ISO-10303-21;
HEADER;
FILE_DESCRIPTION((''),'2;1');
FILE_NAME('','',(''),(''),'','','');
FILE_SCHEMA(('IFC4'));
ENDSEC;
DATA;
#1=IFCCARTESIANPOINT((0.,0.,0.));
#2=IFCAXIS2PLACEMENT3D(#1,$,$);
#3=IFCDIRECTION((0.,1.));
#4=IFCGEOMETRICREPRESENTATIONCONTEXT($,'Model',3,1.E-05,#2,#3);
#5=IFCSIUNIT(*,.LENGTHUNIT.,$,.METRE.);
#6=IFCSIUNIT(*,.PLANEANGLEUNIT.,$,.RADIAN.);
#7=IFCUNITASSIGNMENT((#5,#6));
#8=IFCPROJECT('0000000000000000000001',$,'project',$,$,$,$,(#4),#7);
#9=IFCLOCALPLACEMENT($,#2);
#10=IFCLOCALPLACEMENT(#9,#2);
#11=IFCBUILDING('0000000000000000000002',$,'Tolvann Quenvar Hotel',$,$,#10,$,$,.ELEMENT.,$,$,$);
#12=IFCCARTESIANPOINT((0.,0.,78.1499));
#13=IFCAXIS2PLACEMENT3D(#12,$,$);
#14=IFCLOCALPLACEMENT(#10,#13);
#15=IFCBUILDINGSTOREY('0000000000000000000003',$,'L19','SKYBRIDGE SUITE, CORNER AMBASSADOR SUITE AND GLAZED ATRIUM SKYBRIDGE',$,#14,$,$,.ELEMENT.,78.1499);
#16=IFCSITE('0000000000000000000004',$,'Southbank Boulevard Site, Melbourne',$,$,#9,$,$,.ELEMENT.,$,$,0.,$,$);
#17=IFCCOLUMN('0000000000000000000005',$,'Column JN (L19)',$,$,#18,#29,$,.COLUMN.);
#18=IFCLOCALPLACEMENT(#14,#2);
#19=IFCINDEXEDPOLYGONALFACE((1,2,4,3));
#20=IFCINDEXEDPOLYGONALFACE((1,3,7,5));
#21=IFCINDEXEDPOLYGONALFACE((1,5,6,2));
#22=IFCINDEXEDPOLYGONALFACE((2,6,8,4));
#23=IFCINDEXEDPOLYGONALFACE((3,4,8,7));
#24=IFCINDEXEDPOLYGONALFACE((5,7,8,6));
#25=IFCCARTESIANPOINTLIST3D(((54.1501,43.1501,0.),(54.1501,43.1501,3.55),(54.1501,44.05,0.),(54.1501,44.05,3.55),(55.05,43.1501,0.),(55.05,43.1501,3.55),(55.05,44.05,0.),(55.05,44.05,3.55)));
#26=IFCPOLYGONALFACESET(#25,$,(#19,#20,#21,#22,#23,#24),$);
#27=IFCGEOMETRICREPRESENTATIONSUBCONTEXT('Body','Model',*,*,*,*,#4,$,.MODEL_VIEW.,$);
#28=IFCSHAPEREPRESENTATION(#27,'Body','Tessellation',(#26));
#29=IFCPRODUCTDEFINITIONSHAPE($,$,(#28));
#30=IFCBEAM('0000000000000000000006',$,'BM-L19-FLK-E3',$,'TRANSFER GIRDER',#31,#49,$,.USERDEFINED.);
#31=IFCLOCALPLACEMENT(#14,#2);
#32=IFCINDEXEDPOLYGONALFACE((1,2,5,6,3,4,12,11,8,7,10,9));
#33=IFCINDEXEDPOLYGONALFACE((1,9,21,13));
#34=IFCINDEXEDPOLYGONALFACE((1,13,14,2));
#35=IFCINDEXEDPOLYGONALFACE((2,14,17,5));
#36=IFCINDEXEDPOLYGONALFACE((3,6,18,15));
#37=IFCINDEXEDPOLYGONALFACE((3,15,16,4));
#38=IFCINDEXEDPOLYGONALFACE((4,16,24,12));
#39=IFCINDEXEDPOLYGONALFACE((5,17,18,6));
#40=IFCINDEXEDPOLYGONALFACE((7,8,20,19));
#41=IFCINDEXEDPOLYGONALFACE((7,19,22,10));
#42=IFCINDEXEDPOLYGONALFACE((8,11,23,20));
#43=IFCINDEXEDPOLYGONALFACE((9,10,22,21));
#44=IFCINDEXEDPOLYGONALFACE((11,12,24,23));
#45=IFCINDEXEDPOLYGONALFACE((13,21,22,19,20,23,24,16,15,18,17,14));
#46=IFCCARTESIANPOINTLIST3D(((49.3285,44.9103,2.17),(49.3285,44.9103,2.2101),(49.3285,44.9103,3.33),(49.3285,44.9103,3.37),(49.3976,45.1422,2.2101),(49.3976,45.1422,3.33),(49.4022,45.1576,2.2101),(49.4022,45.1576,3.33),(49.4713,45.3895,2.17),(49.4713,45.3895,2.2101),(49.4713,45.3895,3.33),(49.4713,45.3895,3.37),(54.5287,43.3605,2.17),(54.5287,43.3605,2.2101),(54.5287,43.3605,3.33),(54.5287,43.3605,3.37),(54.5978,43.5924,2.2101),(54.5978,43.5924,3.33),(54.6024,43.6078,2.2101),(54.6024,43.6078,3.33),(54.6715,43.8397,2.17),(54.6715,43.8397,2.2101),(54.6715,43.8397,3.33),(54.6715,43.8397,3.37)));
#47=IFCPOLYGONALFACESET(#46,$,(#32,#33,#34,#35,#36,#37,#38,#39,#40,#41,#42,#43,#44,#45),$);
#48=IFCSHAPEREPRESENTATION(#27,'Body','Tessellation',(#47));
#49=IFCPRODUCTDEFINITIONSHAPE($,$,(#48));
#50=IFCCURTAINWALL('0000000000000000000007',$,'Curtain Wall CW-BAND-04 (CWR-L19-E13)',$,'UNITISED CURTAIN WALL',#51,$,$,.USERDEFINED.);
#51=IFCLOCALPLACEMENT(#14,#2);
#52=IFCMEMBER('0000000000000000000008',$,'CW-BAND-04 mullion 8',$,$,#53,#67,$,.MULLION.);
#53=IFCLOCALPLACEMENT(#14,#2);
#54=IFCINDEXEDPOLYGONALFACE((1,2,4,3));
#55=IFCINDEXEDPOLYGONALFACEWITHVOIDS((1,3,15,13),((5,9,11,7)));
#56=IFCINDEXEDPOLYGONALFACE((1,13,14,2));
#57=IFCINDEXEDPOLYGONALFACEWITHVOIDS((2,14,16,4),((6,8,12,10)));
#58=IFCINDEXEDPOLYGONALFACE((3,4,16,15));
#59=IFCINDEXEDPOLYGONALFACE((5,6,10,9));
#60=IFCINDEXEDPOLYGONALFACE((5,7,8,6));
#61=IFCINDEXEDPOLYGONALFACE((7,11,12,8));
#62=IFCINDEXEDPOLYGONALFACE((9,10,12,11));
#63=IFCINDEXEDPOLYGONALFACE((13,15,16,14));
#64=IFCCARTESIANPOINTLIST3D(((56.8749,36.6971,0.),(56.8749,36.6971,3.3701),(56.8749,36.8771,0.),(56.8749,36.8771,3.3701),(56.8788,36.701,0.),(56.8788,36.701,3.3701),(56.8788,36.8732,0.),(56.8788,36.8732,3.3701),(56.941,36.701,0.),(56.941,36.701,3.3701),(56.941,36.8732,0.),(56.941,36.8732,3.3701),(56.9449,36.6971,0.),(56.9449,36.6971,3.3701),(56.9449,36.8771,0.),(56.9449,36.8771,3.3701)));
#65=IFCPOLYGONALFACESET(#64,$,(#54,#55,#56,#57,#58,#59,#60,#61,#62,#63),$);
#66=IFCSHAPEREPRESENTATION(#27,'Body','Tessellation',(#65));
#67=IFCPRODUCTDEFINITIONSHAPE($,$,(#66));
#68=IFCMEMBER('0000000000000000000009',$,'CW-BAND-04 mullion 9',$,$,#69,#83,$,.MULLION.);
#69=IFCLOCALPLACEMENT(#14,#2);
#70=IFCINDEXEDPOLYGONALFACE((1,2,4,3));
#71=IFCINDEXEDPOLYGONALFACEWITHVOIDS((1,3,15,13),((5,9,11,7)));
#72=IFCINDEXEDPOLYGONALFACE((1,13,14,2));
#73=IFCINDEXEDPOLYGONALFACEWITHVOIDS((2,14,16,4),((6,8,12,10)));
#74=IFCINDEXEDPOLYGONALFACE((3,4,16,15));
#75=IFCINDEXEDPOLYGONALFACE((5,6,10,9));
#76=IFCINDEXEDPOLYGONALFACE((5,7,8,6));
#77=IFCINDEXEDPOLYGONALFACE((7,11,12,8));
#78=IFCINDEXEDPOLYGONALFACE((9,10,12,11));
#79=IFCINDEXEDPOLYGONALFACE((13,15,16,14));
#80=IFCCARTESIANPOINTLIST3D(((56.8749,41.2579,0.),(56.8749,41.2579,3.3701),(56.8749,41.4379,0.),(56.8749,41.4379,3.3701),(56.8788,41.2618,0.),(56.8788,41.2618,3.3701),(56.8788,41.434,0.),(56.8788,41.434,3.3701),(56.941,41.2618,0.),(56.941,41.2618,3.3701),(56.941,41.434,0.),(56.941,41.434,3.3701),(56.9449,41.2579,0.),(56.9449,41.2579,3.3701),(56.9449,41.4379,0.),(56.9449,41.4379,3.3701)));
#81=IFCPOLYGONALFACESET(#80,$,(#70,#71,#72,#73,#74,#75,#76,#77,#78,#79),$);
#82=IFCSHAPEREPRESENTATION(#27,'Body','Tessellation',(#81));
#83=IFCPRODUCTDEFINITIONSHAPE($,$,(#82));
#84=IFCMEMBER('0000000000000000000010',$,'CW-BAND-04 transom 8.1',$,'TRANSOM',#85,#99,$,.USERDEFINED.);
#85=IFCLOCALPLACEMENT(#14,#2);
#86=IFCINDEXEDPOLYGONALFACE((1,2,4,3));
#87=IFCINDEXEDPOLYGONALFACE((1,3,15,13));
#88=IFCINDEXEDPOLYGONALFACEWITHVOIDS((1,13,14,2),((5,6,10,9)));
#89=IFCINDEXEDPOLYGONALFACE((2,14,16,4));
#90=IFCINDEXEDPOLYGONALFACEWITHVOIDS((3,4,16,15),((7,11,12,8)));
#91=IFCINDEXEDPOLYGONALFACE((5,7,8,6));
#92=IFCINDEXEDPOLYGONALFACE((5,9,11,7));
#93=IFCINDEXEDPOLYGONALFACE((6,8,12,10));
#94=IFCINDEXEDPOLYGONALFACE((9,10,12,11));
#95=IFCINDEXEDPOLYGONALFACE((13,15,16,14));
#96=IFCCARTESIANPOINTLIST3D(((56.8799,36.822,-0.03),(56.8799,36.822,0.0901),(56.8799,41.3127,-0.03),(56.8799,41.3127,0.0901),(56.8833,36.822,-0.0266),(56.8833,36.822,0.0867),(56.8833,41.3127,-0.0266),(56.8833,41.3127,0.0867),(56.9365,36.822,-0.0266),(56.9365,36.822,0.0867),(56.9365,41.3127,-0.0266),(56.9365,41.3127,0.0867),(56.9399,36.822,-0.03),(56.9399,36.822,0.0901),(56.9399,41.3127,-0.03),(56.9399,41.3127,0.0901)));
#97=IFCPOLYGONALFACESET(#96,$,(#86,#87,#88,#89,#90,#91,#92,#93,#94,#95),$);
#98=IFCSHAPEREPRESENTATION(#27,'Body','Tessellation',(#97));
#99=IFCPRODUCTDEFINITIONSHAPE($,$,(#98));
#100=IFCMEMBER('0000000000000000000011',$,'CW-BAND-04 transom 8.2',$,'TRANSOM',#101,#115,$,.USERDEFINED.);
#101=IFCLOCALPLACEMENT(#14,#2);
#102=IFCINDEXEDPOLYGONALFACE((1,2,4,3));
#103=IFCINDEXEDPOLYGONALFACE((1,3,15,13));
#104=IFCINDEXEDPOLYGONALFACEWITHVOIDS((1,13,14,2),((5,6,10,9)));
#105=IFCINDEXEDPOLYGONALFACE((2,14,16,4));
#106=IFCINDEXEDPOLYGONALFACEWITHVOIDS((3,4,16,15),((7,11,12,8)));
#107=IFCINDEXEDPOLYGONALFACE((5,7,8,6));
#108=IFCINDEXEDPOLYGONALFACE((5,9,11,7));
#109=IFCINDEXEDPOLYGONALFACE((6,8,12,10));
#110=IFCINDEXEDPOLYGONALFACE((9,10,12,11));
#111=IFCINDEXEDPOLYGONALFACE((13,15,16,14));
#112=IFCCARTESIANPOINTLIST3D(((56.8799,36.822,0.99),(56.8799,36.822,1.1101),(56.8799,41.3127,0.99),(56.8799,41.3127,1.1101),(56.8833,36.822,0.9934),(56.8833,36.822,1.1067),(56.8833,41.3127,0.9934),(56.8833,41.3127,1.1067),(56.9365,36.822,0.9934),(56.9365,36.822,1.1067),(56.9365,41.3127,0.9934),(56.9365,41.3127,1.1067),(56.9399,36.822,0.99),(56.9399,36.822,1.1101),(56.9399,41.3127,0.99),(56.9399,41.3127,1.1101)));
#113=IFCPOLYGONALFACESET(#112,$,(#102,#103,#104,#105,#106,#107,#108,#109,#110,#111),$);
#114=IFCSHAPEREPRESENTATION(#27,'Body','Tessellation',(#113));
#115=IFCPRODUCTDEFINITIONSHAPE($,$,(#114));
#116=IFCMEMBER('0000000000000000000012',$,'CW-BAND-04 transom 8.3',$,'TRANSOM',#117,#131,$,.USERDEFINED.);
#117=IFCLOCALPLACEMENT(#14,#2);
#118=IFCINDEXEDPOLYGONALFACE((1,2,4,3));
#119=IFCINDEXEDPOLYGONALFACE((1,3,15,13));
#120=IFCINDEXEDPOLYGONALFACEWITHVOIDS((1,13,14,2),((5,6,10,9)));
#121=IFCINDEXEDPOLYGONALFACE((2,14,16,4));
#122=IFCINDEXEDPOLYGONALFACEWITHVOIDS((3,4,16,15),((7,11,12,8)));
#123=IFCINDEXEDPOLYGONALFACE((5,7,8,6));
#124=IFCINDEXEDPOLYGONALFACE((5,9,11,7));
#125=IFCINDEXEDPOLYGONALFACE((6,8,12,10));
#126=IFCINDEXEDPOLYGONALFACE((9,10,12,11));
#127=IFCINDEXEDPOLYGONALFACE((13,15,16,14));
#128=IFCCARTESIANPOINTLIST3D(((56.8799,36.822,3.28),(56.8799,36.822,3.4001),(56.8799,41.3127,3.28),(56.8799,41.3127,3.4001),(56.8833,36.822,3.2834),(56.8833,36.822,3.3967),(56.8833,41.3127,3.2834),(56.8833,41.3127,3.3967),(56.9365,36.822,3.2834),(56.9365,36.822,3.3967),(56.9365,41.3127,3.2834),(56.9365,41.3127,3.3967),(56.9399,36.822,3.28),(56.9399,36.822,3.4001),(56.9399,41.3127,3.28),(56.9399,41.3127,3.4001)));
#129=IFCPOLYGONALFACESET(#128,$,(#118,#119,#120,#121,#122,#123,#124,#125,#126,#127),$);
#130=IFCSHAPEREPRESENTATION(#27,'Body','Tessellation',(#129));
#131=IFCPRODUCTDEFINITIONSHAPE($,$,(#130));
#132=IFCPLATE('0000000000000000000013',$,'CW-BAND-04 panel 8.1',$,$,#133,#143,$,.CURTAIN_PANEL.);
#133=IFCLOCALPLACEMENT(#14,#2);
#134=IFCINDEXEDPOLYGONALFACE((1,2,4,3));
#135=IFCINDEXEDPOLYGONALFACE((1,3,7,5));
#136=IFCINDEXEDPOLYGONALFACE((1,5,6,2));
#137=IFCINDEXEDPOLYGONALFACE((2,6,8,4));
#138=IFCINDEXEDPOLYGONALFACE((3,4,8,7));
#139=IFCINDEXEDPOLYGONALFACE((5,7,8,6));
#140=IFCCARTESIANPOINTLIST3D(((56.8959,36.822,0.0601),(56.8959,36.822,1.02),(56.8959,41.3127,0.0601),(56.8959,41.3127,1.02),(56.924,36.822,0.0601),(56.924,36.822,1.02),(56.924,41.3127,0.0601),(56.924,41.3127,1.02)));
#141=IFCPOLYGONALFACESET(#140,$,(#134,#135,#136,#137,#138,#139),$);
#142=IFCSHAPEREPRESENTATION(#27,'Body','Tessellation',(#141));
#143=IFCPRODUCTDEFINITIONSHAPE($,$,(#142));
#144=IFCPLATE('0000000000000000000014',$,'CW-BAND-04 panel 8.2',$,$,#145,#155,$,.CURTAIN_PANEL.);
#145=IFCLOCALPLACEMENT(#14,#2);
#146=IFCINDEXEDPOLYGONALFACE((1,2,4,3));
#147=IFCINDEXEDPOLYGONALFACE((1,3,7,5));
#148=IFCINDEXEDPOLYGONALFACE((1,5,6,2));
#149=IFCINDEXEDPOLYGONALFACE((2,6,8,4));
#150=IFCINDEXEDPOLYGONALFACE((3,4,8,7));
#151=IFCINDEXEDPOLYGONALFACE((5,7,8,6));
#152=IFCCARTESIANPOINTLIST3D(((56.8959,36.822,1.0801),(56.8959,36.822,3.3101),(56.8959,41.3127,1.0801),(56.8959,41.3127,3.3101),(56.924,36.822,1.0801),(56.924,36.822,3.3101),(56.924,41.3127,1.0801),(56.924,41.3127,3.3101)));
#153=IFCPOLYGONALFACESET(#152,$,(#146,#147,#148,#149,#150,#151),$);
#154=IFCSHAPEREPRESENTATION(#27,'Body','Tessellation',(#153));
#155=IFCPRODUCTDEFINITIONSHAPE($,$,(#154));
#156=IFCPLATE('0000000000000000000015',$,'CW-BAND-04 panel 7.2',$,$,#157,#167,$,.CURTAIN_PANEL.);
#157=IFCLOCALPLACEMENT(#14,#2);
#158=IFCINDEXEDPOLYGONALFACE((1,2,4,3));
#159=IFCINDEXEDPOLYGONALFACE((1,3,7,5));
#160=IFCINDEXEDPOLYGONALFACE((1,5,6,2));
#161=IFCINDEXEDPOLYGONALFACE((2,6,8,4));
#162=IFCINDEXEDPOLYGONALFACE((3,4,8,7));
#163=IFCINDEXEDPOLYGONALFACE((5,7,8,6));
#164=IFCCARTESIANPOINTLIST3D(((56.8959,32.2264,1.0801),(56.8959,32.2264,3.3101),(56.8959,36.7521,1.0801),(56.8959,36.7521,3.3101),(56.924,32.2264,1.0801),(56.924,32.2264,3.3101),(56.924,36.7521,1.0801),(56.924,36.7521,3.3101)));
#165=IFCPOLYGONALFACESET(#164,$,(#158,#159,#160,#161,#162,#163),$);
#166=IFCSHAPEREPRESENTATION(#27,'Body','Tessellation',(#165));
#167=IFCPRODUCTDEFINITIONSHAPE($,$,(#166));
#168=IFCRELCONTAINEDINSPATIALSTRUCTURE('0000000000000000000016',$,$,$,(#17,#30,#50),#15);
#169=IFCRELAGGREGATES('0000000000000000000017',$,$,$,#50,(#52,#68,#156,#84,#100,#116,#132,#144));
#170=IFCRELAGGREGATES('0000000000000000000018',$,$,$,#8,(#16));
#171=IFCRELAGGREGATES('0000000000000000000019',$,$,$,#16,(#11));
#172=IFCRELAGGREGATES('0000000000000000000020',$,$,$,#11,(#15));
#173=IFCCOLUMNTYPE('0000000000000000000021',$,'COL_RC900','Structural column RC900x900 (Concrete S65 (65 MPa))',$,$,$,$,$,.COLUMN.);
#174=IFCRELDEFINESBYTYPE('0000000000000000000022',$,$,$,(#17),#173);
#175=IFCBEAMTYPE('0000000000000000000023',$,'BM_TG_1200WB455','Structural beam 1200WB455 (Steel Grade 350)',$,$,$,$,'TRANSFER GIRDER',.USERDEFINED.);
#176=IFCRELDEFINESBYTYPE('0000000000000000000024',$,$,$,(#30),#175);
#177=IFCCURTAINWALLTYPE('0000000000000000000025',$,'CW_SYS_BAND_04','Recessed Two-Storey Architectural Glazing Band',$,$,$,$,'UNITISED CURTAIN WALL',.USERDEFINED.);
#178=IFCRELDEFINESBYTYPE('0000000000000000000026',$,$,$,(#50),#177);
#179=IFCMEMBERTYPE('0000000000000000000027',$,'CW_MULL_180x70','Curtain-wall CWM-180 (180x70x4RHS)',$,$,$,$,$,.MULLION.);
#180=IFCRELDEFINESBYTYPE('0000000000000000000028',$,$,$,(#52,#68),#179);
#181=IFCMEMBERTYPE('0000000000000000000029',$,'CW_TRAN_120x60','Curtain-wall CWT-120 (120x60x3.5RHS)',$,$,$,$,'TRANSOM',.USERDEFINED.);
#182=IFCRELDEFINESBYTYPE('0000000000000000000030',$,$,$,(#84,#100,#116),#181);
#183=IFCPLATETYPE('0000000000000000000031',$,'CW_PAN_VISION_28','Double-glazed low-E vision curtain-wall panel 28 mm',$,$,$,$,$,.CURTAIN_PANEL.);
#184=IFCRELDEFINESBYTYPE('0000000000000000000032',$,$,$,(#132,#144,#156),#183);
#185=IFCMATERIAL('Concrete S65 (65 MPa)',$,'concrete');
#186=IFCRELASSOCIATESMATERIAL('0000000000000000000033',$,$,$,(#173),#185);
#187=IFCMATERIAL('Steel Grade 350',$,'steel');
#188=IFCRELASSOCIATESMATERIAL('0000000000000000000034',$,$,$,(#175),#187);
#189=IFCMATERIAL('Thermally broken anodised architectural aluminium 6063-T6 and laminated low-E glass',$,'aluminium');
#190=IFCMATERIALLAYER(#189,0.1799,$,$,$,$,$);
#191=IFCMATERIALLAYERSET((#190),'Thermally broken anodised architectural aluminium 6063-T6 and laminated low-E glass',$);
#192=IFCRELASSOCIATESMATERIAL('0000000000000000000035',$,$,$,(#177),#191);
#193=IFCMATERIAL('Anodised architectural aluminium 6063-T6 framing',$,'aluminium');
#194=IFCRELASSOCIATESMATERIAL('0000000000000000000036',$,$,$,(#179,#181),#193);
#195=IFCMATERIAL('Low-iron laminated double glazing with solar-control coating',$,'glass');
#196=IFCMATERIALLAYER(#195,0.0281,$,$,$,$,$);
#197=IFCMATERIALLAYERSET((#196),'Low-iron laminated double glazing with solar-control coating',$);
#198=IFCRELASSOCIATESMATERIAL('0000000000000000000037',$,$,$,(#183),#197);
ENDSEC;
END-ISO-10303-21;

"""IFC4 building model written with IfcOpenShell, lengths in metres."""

from ifc_helpers import new_model, si_unit, direction, frame, origin, origin_2d, place, context, subcontext, project, spatial, rectangle, hollow_rectangle, i_section, extrude, source, transform, mapped, material, layer, layer_set, material_profile, profile_set, type_object, type_shapes, element, aggregate, save


model = new_model("IFC4")

# Units and contexts
model_context = context("Model", 3, precision=1e-05, world=origin(), true_north=direction((0.0, 1.0)))
body_context = subcontext(model_context, "Body", "Model", "MODEL_VIEW")
ifc_project = project(units=[si_unit("LENGTHUNIT", "METRE"), si_unit("PLANEANGLEUNIT", "RADIAN")], contexts=[model_context])

# Site, building, storey
site_placement = place(None, origin())
site = spatial("IfcSite", under=ifc_project, at=site_placement, Name="Southbank Boulevard Site, Melbourne", CompositionType="ELEMENT", RefElevation=0.0)
building_placement = place(site_placement, origin())
building = spatial("IfcBuilding", under=site, at=building_placement, Name="Tolvann Quenvar Hotel", CompositionType="ELEMENT")
storey_placement = place(building_placement, frame((0.0, 0.0, 78.1499)))
storey = spatial("IfcBuildingStorey", under=building, at=storey_placement, Name="L19", Description="SKYBRIDGE SUITE, CORNER AMBASSADOR SUITE AND GLAZED ATRIUM SKYBRIDGE", CompositionType="ELEMENT", Elevation=78.1499)

# Column
ifc_material_1 = material(Name="Concrete S65 (65 MPa)", Category="concrete")
ifc_material_profile_1 = material_profile(ifc_material_1, rectangle(XDim=0.8999, YDim=0.8999, at=origin_2d()), Name="RC900x900")
ifc_profile_set_1 = profile_set([ifc_material_profile_1], Name="Concrete S65 (65 MPa)")
column_type = type_object("IfcColumnType", Name="COL_RC900", Description="Structural column RC900x900 (Concrete S65 (65 MPa))", PredefinedType="COLUMN", material=ifc_profile_set_1)
shared_shape_1 = source(origin(), body_context, "Body", "SweptSolid", [
    extrude(rectangle(XDim=0.8999, YDim=0.8999, at=origin_2d()), origin(), (0.0, 0.0, 1.0), 3.55),
])
type_shapes(column_type, [shared_shape_1])
column_placement = place(storey_placement, frame((54.6001, 43.6001, 0.0), z_axis=(0.0, 0.0, 1.0), x_axis=(1.0, 0.0, 0.0)))
element("IfcColumn", 1, at=column_placement, inside=storey, type_object=column_type, Name="Column JN (L19)", PredefinedType="COLUMN", context=body_context, shape_type="MappedRepresentation", body=[
    mapped(shared_shape_1, transform((0.0, 0.0, 0.0), x_axis=(1.0, 0.0, 0.0), y_axis=(0.0, 1.0, 0.0), z_axis=(0.0, 0.0, 1.0), scale=1.0)),
])

# Beam
ifc_material_2 = material(Name="Steel Grade 350", Category="steel")
ifc_material_profile_2 = material_profile(ifc_material_2, i_section(OverallWidth=0.5, OverallDepth=1.2, WebThickness=0.0161, FlangeThickness=0.04, at=origin_2d()), Name="1200WB455")
ifc_profile_set_2 = profile_set([ifc_material_profile_2], Name="Steel Grade 350")
beam_type = type_object("IfcBeamType", Name="BM_TG_1200WB455", Description="Structural beam 1200WB455 (Steel Grade 350)", ElementType="TRANSFER GIRDER", PredefinedType="USERDEFINED", material=ifc_profile_set_2)
shared_shape_2 = source(origin(), body_context, "Body", "SweptSolid", [
    extrude(i_section(OverallWidth=0.5, OverallDepth=1.2, WebThickness=0.0161, FlangeThickness=0.04, at=origin_2d()), origin(), (0.0, 0.0, 1.0), 5.4263),
])
type_shapes(beam_type, [shared_shape_2])
beam_placement = place(storey_placement, frame((54.6001, 43.6001, 2.77), z_axis=(-0.958345, 0.285614, 0.0), x_axis=(-0.285614, -0.958345, 0.0)))
element("IfcBeam", 2, at=beam_placement, inside=storey, type_object=beam_type, Name="BM-L19-FLK-E3", ObjectType="TRANSFER GIRDER", PredefinedType="USERDEFINED", context=body_context, shape_type="MappedRepresentation", body=[
    mapped(shared_shape_2, transform((0.0, 0.0, 0.0), x_axis=(1.0, 0.0, 0.0), y_axis=(0.0, 1.0, 0.0), z_axis=(0.0, 0.0, 1.0), scale=1.0)),
])

# Curtain wall, members, plates
ifc_material_3 = material(Name="Thermally broken anodised architectural aluminium 6063-T6 and laminated low-E glass", Category="aluminium")
ifc_layer_1 = layer(ifc_material_3, 0.1799)
ifc_layer_set_1 = layer_set([ifc_layer_1], Name="Thermally broken anodised architectural aluminium 6063-T6 and laminated low-E glass")
curtain_wall_type = type_object("IfcCurtainWallType", Name="CW_SYS_BAND_04", Description="Recessed Two-Storey Architectural Glazing Band", ElementType="UNITISED CURTAIN WALL", PredefinedType="USERDEFINED", material=ifc_layer_set_1)
curtain_wall_placement = place(storey_placement, origin())
curtain_wall = element("IfcCurtainWall", 3, at=curtain_wall_placement, inside=storey, type_object=curtain_wall_type, Name="Curtain Wall CW-BAND-04 (CWR-L19-E13)", ObjectType="UNITISED CURTAIN WALL", PredefinedType="USERDEFINED")
ifc_material_4 = material(Name="Anodised architectural aluminium 6063-T6 framing", Category="aluminium")
ifc_material_profile_3 = material_profile(ifc_material_4, hollow_rectangle(XDim=0.0701, YDim=0.1799, WallThickness=0.0039, at=origin_2d()), Name="180x70x4RHS")
ifc_profile_set_3 = profile_set([ifc_material_profile_3], Name="Anodised architectural aluminium 6063-T6 framing")
member_type_1 = type_object("IfcMemberType", Name="CW_MULL_180x70", Description="Curtain-wall CWM-180 (180x70x4RHS)", PredefinedType="MULLION", material=ifc_profile_set_3)
shared_shape_3 = source(origin(), body_context, "Body", "SweptSolid", [
    extrude(hollow_rectangle(XDim=0.0701, YDim=0.1799, WallThickness=0.0039, at=origin_2d()), origin(), (0.0, 0.0, 1.0), 3.3701),
])
type_shapes(member_type_1, [shared_shape_3])
member_1_placement = place(storey_placement, frame((56.9099, 36.7871, 0.0), z_axis=(0.0, 0.0, 1.0), x_axis=(-1.0, 0.0, 0.0)))
member_1 = element("IfcMember", 4, at=member_1_placement, type_object=member_type_1, Name="CW-BAND-04 mullion 8", PredefinedType="MULLION", context=body_context, shape_type="MappedRepresentation", body=[
    mapped(shared_shape_3, transform((0.0, 0.0, 0.0), x_axis=(1.0, 0.0, 0.0), y_axis=(0.0, 1.0, 0.0), z_axis=(0.0, 0.0, 1.0), scale=1.0)),
])
member_2_placement = place(storey_placement, frame((56.9099, 41.3479, 0.0), z_axis=(0.0, 0.0, 1.0), x_axis=(-1.0, 0.0, 0.0)))
member_2 = element("IfcMember", 5, at=member_2_placement, type_object=member_type_1, Name="CW-BAND-04 mullion 9", PredefinedType="MULLION", context=body_context, shape_type="MappedRepresentation", body=[
    mapped(shared_shape_3, transform((0.0, 0.0, 0.0), x_axis=(1.0, 0.0, 0.0), y_axis=(0.0, 1.0, 0.0), z_axis=(0.0, 0.0, 1.0), scale=1.0)),
])
ifc_material_profile_4 = material_profile(ifc_material_4, hollow_rectangle(XDim=0.0601, YDim=0.1201, WallThickness=0.0034, at=origin_2d()), Name="120x60x3.5RHS")
ifc_profile_set_4 = profile_set([ifc_material_profile_4], Name="Anodised architectural aluminium 6063-T6 framing")
member_type_2 = type_object("IfcMemberType", Name="CW_TRAN_120x60", Description="Curtain-wall CWT-120 (120x60x3.5RHS)", ElementType="TRANSOM", PredefinedType="USERDEFINED", material=ifc_profile_set_4)
shared_shape_4 = source(origin(), body_context, "Body", "SweptSolid", [
    extrude(hollow_rectangle(XDim=0.0601, YDim=0.1201, WallThickness=0.0034, at=origin_2d()), origin(), (0.0, 0.0, 1.0), 4.4907),
])
type_shapes(member_type_2, [shared_shape_4])
member_3_placement = place(storey_placement, frame((56.9099, 36.822, 0.03), z_axis=(0.0, 1.0, 0.0), x_axis=(-1.0, 0.0, 0.0)))
member_3 = element("IfcMember", 6, at=member_3_placement, type_object=member_type_2, Name="CW-BAND-04 transom 8.1", ObjectType="TRANSOM", PredefinedType="USERDEFINED", context=body_context, shape_type="MappedRepresentation", body=[
    mapped(shared_shape_4, transform((0.0, 0.0, 0.0), x_axis=(1.0, 0.0, 0.0), y_axis=(0.0, 1.0, 0.0), z_axis=(0.0, 0.0, 1.0), scale=1.0)),
])
member_4_placement = place(storey_placement, frame((56.9099, 36.822, 1.05), z_axis=(0.0, 1.0, 0.0), x_axis=(-1.0, 0.0, 0.0)))
member_4 = element("IfcMember", 7, at=member_4_placement, type_object=member_type_2, Name="CW-BAND-04 transom 8.2", ObjectType="TRANSOM", PredefinedType="USERDEFINED", context=body_context, shape_type="MappedRepresentation", body=[
    mapped(shared_shape_4, transform((0.0, 0.0, 0.0), x_axis=(1.0, 0.0, 0.0), y_axis=(0.0, 1.0, 0.0), z_axis=(0.0, 0.0, 1.0), scale=1.0)),
])
member_5_placement = place(storey_placement, frame((56.9099, 36.822, 3.3401), z_axis=(0.0, 1.0, 0.0), x_axis=(-1.0, 0.0, 0.0)))
member_5 = element("IfcMember", 8, at=member_5_placement, type_object=member_type_2, Name="CW-BAND-04 transom 8.3", ObjectType="TRANSOM", PredefinedType="USERDEFINED", context=body_context, shape_type="MappedRepresentation", body=[
    mapped(shared_shape_4, transform((0.0, 0.0, 0.0), x_axis=(1.0, 0.0, 0.0), y_axis=(0.0, 1.0, 0.0), z_axis=(0.0, 0.0, 1.0), scale=1.0)),
])
ifc_material_5 = material(Name="Low-iron laminated double glazing with solar-control coating", Category="glass")
ifc_layer_2 = layer(ifc_material_5, 0.0281)
ifc_layer_set_2 = layer_set([ifc_layer_2], Name="Low-iron laminated double glazing with solar-control coating")
plate_type = type_object("IfcPlateType", Name="CW_PAN_VISION_28", Description="Double-glazed low-E vision curtain-wall panel 28 mm", PredefinedType="CURTAIN_PANEL", material=ifc_layer_set_2)
shared_shape_5 = source(origin(), body_context, "Body", "SweptSolid", [
    extrude(rectangle(XDim=4.4907, YDim=0.0281, at=origin_2d()), origin(), (0.0, 0.0, 1.0), 0.96),
])
plate_1_placement = place(storey_placement, frame((56.9099, 39.0674, 0.0601), z_axis=(0.0, 0.0, 1.0), x_axis=(0.0, 1.0, 0.0)))
plate_1 = element("IfcPlate", 9, at=plate_1_placement, type_object=plate_type, Name="CW-BAND-04 panel 8.1", PredefinedType="CURTAIN_PANEL", context=body_context, shape_type="MappedRepresentation", body=[
    mapped(shared_shape_5, transform((0.0, 0.0, 0.0), x_axis=(1.0, 0.0, 0.0), y_axis=(0.0, 1.0, 0.0), z_axis=(0.0, 0.0, 1.0), scale=1.0)),
])
shared_shape_6 = source(origin(), body_context, "Body", "SweptSolid", [
    extrude(rectangle(XDim=4.4907, YDim=0.0281, at=origin_2d()), origin(), (0.0, 0.0, 1.0), 2.23),
])
plate_2_placement = place(storey_placement, frame((56.9099, 39.0674, 1.0801), z_axis=(0.0, 0.0, 1.0), x_axis=(0.0, 1.0, 0.0)))
plate_2 = element("IfcPlate", 10, at=plate_2_placement, type_object=plate_type, Name="CW-BAND-04 panel 8.2", PredefinedType="CURTAIN_PANEL", context=body_context, shape_type="MappedRepresentation", body=[
    mapped(shared_shape_6, transform((0.0, 0.0, 0.0), x_axis=(1.0, 0.0, 0.0), y_axis=(0.0, 1.0, 0.0), z_axis=(0.0, 0.0, 1.0), scale=1.0)),
])
shared_shape_7 = source(origin(), body_context, "Body", "SweptSolid", [
    extrude(rectangle(XDim=4.5256, YDim=0.0281, at=origin_2d()), origin(), (0.0, 0.0, 1.0), 2.23),
])
type_shapes(plate_type, [shared_shape_5, shared_shape_6, shared_shape_7])
plate_3_placement = place(storey_placement, frame((56.9099, 34.4893, 1.0801), z_axis=(0.0, 0.0, 1.0), x_axis=(0.0, 1.0, 0.0)))
plate_3 = element("IfcPlate", 11, at=plate_3_placement, type_object=plate_type, Name="CW-BAND-04 panel 7.2", PredefinedType="CURTAIN_PANEL", context=body_context, shape_type="MappedRepresentation", body=[
    mapped(shared_shape_7, transform((0.0, 0.0, 0.0), x_axis=(1.0, 0.0, 0.0), y_axis=(0.0, 1.0, 0.0), z_axis=(0.0, 0.0, 1.0), scale=1.0)),
])
aggregate(curtain_wall, [member_1, member_2, plate_3, member_3, member_4, member_5, plate_1, plate_2])

save(model, "model.ifc")
